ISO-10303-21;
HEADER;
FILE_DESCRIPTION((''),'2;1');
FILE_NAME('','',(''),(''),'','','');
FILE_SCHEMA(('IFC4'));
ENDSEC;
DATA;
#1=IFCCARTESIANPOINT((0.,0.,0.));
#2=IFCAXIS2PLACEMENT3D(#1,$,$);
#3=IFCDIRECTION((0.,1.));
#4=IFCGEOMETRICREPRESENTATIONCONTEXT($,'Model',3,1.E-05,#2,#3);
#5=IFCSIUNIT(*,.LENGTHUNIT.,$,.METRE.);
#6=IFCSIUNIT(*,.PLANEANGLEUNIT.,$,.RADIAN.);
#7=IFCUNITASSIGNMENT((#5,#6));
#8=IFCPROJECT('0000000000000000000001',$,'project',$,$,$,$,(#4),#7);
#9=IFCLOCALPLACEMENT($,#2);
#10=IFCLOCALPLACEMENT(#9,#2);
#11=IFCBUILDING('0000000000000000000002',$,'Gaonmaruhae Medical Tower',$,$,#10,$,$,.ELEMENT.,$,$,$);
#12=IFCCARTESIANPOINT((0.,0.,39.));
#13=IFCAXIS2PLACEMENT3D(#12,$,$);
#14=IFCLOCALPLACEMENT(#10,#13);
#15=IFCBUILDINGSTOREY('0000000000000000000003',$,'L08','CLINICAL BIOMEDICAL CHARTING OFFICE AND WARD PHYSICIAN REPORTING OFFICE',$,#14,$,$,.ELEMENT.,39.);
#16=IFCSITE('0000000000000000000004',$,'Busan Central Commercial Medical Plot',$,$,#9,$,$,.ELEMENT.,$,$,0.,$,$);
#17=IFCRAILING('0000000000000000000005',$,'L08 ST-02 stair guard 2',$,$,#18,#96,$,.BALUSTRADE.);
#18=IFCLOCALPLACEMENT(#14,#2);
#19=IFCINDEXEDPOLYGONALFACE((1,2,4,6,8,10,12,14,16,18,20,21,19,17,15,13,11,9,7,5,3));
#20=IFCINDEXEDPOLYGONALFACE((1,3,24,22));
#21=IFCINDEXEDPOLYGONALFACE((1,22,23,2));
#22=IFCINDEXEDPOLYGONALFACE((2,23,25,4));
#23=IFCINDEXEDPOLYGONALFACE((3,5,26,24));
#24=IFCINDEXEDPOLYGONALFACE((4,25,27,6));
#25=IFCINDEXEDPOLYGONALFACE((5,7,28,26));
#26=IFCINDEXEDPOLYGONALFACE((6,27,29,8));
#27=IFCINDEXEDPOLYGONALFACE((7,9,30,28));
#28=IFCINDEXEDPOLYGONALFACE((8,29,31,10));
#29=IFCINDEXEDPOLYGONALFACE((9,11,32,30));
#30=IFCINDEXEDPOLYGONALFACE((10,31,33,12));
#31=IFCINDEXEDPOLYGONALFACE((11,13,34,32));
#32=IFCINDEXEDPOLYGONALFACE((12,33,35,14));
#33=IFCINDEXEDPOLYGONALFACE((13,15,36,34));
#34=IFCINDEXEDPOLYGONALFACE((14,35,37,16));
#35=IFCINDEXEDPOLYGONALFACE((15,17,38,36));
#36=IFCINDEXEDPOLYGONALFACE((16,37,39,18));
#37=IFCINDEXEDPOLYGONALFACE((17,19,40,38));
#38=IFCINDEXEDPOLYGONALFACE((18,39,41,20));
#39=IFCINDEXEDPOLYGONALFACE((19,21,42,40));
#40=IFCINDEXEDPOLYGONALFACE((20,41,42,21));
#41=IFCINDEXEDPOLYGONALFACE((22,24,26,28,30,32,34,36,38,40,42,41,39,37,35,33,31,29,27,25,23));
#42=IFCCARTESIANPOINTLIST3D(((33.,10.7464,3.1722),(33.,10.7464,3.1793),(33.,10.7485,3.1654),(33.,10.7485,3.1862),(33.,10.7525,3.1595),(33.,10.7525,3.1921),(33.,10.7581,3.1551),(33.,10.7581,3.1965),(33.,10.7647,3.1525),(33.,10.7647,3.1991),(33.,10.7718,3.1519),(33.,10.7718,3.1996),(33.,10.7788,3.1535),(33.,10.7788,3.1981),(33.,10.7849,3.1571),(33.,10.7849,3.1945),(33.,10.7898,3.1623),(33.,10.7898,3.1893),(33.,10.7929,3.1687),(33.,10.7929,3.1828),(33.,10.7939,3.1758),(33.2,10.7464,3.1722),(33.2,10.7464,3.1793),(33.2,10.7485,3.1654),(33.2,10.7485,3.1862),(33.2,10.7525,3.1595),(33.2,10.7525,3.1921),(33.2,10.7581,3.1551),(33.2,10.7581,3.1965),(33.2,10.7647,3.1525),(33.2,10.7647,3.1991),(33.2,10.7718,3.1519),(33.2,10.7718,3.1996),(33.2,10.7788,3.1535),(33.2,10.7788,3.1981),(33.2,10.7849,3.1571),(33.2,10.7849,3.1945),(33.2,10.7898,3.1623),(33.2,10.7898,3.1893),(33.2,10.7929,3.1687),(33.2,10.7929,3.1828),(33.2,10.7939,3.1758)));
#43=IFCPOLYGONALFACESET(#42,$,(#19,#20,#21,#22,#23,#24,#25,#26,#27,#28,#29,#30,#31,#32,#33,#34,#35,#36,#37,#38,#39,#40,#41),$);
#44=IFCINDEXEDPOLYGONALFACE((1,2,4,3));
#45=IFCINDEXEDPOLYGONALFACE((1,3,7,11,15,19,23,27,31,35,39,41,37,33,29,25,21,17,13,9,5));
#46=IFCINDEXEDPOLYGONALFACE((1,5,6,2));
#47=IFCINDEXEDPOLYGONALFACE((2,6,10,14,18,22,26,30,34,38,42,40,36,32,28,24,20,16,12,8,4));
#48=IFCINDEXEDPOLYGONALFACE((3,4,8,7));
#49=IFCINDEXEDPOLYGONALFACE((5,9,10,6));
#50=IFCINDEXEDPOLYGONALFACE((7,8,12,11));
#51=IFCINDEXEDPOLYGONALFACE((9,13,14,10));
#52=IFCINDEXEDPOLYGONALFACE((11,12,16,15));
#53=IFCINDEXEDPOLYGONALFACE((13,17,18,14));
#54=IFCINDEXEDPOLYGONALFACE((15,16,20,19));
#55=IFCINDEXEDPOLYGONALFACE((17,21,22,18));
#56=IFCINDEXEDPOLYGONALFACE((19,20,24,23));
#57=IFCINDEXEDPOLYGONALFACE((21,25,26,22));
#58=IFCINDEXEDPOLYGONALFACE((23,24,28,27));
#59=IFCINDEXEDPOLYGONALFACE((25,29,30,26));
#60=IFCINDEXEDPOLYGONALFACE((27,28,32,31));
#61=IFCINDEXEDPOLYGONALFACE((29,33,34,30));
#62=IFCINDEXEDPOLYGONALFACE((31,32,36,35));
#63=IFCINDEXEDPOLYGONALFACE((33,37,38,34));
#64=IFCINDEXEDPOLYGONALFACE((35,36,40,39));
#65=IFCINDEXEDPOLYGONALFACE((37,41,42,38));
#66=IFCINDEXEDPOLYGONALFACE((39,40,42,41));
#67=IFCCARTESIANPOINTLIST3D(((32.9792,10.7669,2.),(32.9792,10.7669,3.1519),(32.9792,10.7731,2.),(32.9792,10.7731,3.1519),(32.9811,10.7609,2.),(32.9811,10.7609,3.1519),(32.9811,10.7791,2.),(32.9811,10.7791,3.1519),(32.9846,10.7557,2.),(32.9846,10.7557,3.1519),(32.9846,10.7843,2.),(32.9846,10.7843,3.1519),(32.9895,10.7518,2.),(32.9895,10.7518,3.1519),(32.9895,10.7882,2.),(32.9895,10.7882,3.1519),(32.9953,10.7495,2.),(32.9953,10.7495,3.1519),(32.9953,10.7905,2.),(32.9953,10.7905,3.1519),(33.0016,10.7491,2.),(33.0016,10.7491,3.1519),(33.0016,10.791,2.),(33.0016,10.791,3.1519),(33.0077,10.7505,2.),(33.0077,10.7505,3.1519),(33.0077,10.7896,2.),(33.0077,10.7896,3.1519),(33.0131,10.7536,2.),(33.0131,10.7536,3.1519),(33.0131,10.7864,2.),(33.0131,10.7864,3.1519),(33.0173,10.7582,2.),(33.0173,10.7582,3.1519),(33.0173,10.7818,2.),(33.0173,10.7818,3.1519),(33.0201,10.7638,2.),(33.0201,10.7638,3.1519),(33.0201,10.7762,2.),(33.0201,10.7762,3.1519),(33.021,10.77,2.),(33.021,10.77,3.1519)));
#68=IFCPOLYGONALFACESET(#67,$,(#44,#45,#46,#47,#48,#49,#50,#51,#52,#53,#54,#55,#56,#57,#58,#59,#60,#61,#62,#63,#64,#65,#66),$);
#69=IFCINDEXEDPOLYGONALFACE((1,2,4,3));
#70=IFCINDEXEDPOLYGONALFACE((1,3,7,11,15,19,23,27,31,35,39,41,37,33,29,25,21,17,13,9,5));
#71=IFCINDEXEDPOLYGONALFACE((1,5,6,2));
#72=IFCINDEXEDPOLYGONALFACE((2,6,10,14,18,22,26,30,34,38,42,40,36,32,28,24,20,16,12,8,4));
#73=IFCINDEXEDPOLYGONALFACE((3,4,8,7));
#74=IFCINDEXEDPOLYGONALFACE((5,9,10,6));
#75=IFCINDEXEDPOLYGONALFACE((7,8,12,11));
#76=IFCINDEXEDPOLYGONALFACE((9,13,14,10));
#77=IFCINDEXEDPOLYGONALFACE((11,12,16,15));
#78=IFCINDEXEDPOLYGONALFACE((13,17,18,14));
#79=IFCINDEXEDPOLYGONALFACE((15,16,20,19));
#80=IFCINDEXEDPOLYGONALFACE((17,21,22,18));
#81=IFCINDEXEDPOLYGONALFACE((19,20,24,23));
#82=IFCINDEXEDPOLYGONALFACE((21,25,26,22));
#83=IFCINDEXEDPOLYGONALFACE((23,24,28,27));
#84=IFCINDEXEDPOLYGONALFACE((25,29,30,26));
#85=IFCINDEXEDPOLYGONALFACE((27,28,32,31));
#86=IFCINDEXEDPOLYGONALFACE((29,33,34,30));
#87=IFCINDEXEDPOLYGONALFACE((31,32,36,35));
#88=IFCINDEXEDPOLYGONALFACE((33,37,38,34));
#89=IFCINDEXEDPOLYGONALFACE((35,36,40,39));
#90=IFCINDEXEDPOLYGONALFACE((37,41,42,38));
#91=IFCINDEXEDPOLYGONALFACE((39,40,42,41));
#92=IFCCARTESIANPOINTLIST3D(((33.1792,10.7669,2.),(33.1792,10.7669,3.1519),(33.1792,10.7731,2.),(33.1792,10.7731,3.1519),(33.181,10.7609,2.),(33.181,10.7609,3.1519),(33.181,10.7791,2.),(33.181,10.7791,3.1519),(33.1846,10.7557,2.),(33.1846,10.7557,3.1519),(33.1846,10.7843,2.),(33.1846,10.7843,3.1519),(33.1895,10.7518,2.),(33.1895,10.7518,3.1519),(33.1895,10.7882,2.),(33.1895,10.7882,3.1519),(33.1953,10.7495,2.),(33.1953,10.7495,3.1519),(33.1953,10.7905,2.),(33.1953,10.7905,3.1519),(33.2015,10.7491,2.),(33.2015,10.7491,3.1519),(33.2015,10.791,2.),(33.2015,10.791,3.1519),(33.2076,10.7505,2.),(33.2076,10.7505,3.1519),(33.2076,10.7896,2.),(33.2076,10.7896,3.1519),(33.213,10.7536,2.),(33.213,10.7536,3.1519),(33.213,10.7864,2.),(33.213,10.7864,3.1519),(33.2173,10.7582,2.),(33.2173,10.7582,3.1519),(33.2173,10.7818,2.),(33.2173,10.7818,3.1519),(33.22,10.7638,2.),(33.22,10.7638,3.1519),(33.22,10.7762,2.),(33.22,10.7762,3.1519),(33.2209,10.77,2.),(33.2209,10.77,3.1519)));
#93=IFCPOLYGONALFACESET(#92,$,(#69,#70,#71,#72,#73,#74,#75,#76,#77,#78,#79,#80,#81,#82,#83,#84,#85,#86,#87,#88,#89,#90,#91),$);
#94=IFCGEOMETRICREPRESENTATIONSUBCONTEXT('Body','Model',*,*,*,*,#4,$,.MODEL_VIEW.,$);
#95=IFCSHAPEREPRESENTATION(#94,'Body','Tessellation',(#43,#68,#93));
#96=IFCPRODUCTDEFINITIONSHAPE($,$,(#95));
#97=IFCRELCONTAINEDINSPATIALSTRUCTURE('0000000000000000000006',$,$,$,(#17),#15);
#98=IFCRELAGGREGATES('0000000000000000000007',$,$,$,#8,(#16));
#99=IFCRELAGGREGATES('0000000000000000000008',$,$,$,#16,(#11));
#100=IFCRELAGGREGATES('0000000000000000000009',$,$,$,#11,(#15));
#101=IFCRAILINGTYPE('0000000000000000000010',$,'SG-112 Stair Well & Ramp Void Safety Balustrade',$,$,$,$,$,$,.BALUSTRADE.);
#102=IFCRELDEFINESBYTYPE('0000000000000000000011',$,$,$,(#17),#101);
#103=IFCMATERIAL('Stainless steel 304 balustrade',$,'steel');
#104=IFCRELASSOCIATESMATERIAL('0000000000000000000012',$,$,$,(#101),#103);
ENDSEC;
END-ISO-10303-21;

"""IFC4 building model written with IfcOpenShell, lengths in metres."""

from ifc_helpers import new_model, si_unit, direction, frame, origin, origin_2d, place, context, subcontext, project, spatial, circle, extrude, material, type_object, element, save


model = new_model("IFC4")

# Units and contexts
model_context = context("Model", 3, precision=1e-05, world=origin(), true_north=direction((0.0, 1.0)))
body_context = subcontext(model_context, "Body", "Model", "MODEL_VIEW")
ifc_project = project(units=[si_unit("LENGTHUNIT", "METRE"), si_unit("PLANEANGLEUNIT", "RADIAN")], contexts=[model_context])

# Site, building, storey
site_placement = place(None, origin())
site = spatial("IfcSite", under=ifc_project, at=site_placement, Name="Busan Central Commercial Medical Plot", CompositionType="ELEMENT", RefElevation=0.0)
building_placement = place(site_placement, origin())
building = spatial("IfcBuilding", under=site, at=building_placement, Name="Gaonmaruhae Medical Tower", CompositionType="ELEMENT")
storey_placement = place(building_placement, frame((0.0, 0.0, 39.0)))
storey = spatial("IfcBuildingStorey", under=building, at=storey_placement, Name="L08", Description="CLINICAL BIOMEDICAL CHARTING OFFICE AND WARD PHYSICIAN REPORTING OFFICE", CompositionType="ELEMENT", Elevation=39.0)

# Railing
ifc_material_1 = material(Name="Stainless steel 304 balustrade", Category="steel")
railing_type_1 = type_object("IfcRailingType", Name="SG-112 Stair Well & Ramp Void Safety Balustrade", PredefinedType="BALUSTRADE", material=ifc_material_1)
railing_1_placement = place(storey_placement, frame((33.0, 10.77, 2.0)))
element("IfcRailing", 1, at=railing_1_placement, inside=storey, type_object=railing_type_1, Name="L08 ST-02 stair guard 2", PredefinedType="BALUSTRADE", context=body_context, shape_type="SweptSolid", body=[
    extrude(circle(Radius=0.0239, at=origin_2d()), frame((0.0, 0.0, 1.1758), z_axis=(1.0, 0.0, 0.0), x_axis=(0.0, 1.0, 0.0)), (0.0, 0.0, 1.0), 0.2),
    extrude(circle(Radius=0.021, at=origin_2d()), origin(), (0.0, 0.0, 1.0), 1.1519),
    extrude(circle(Radius=0.021, at=origin_2d()), frame((0.2, 0.0, 0.0)), (0.0, 0.0, 1.0), 1.1519),
])

save(model, "model.ifc")
